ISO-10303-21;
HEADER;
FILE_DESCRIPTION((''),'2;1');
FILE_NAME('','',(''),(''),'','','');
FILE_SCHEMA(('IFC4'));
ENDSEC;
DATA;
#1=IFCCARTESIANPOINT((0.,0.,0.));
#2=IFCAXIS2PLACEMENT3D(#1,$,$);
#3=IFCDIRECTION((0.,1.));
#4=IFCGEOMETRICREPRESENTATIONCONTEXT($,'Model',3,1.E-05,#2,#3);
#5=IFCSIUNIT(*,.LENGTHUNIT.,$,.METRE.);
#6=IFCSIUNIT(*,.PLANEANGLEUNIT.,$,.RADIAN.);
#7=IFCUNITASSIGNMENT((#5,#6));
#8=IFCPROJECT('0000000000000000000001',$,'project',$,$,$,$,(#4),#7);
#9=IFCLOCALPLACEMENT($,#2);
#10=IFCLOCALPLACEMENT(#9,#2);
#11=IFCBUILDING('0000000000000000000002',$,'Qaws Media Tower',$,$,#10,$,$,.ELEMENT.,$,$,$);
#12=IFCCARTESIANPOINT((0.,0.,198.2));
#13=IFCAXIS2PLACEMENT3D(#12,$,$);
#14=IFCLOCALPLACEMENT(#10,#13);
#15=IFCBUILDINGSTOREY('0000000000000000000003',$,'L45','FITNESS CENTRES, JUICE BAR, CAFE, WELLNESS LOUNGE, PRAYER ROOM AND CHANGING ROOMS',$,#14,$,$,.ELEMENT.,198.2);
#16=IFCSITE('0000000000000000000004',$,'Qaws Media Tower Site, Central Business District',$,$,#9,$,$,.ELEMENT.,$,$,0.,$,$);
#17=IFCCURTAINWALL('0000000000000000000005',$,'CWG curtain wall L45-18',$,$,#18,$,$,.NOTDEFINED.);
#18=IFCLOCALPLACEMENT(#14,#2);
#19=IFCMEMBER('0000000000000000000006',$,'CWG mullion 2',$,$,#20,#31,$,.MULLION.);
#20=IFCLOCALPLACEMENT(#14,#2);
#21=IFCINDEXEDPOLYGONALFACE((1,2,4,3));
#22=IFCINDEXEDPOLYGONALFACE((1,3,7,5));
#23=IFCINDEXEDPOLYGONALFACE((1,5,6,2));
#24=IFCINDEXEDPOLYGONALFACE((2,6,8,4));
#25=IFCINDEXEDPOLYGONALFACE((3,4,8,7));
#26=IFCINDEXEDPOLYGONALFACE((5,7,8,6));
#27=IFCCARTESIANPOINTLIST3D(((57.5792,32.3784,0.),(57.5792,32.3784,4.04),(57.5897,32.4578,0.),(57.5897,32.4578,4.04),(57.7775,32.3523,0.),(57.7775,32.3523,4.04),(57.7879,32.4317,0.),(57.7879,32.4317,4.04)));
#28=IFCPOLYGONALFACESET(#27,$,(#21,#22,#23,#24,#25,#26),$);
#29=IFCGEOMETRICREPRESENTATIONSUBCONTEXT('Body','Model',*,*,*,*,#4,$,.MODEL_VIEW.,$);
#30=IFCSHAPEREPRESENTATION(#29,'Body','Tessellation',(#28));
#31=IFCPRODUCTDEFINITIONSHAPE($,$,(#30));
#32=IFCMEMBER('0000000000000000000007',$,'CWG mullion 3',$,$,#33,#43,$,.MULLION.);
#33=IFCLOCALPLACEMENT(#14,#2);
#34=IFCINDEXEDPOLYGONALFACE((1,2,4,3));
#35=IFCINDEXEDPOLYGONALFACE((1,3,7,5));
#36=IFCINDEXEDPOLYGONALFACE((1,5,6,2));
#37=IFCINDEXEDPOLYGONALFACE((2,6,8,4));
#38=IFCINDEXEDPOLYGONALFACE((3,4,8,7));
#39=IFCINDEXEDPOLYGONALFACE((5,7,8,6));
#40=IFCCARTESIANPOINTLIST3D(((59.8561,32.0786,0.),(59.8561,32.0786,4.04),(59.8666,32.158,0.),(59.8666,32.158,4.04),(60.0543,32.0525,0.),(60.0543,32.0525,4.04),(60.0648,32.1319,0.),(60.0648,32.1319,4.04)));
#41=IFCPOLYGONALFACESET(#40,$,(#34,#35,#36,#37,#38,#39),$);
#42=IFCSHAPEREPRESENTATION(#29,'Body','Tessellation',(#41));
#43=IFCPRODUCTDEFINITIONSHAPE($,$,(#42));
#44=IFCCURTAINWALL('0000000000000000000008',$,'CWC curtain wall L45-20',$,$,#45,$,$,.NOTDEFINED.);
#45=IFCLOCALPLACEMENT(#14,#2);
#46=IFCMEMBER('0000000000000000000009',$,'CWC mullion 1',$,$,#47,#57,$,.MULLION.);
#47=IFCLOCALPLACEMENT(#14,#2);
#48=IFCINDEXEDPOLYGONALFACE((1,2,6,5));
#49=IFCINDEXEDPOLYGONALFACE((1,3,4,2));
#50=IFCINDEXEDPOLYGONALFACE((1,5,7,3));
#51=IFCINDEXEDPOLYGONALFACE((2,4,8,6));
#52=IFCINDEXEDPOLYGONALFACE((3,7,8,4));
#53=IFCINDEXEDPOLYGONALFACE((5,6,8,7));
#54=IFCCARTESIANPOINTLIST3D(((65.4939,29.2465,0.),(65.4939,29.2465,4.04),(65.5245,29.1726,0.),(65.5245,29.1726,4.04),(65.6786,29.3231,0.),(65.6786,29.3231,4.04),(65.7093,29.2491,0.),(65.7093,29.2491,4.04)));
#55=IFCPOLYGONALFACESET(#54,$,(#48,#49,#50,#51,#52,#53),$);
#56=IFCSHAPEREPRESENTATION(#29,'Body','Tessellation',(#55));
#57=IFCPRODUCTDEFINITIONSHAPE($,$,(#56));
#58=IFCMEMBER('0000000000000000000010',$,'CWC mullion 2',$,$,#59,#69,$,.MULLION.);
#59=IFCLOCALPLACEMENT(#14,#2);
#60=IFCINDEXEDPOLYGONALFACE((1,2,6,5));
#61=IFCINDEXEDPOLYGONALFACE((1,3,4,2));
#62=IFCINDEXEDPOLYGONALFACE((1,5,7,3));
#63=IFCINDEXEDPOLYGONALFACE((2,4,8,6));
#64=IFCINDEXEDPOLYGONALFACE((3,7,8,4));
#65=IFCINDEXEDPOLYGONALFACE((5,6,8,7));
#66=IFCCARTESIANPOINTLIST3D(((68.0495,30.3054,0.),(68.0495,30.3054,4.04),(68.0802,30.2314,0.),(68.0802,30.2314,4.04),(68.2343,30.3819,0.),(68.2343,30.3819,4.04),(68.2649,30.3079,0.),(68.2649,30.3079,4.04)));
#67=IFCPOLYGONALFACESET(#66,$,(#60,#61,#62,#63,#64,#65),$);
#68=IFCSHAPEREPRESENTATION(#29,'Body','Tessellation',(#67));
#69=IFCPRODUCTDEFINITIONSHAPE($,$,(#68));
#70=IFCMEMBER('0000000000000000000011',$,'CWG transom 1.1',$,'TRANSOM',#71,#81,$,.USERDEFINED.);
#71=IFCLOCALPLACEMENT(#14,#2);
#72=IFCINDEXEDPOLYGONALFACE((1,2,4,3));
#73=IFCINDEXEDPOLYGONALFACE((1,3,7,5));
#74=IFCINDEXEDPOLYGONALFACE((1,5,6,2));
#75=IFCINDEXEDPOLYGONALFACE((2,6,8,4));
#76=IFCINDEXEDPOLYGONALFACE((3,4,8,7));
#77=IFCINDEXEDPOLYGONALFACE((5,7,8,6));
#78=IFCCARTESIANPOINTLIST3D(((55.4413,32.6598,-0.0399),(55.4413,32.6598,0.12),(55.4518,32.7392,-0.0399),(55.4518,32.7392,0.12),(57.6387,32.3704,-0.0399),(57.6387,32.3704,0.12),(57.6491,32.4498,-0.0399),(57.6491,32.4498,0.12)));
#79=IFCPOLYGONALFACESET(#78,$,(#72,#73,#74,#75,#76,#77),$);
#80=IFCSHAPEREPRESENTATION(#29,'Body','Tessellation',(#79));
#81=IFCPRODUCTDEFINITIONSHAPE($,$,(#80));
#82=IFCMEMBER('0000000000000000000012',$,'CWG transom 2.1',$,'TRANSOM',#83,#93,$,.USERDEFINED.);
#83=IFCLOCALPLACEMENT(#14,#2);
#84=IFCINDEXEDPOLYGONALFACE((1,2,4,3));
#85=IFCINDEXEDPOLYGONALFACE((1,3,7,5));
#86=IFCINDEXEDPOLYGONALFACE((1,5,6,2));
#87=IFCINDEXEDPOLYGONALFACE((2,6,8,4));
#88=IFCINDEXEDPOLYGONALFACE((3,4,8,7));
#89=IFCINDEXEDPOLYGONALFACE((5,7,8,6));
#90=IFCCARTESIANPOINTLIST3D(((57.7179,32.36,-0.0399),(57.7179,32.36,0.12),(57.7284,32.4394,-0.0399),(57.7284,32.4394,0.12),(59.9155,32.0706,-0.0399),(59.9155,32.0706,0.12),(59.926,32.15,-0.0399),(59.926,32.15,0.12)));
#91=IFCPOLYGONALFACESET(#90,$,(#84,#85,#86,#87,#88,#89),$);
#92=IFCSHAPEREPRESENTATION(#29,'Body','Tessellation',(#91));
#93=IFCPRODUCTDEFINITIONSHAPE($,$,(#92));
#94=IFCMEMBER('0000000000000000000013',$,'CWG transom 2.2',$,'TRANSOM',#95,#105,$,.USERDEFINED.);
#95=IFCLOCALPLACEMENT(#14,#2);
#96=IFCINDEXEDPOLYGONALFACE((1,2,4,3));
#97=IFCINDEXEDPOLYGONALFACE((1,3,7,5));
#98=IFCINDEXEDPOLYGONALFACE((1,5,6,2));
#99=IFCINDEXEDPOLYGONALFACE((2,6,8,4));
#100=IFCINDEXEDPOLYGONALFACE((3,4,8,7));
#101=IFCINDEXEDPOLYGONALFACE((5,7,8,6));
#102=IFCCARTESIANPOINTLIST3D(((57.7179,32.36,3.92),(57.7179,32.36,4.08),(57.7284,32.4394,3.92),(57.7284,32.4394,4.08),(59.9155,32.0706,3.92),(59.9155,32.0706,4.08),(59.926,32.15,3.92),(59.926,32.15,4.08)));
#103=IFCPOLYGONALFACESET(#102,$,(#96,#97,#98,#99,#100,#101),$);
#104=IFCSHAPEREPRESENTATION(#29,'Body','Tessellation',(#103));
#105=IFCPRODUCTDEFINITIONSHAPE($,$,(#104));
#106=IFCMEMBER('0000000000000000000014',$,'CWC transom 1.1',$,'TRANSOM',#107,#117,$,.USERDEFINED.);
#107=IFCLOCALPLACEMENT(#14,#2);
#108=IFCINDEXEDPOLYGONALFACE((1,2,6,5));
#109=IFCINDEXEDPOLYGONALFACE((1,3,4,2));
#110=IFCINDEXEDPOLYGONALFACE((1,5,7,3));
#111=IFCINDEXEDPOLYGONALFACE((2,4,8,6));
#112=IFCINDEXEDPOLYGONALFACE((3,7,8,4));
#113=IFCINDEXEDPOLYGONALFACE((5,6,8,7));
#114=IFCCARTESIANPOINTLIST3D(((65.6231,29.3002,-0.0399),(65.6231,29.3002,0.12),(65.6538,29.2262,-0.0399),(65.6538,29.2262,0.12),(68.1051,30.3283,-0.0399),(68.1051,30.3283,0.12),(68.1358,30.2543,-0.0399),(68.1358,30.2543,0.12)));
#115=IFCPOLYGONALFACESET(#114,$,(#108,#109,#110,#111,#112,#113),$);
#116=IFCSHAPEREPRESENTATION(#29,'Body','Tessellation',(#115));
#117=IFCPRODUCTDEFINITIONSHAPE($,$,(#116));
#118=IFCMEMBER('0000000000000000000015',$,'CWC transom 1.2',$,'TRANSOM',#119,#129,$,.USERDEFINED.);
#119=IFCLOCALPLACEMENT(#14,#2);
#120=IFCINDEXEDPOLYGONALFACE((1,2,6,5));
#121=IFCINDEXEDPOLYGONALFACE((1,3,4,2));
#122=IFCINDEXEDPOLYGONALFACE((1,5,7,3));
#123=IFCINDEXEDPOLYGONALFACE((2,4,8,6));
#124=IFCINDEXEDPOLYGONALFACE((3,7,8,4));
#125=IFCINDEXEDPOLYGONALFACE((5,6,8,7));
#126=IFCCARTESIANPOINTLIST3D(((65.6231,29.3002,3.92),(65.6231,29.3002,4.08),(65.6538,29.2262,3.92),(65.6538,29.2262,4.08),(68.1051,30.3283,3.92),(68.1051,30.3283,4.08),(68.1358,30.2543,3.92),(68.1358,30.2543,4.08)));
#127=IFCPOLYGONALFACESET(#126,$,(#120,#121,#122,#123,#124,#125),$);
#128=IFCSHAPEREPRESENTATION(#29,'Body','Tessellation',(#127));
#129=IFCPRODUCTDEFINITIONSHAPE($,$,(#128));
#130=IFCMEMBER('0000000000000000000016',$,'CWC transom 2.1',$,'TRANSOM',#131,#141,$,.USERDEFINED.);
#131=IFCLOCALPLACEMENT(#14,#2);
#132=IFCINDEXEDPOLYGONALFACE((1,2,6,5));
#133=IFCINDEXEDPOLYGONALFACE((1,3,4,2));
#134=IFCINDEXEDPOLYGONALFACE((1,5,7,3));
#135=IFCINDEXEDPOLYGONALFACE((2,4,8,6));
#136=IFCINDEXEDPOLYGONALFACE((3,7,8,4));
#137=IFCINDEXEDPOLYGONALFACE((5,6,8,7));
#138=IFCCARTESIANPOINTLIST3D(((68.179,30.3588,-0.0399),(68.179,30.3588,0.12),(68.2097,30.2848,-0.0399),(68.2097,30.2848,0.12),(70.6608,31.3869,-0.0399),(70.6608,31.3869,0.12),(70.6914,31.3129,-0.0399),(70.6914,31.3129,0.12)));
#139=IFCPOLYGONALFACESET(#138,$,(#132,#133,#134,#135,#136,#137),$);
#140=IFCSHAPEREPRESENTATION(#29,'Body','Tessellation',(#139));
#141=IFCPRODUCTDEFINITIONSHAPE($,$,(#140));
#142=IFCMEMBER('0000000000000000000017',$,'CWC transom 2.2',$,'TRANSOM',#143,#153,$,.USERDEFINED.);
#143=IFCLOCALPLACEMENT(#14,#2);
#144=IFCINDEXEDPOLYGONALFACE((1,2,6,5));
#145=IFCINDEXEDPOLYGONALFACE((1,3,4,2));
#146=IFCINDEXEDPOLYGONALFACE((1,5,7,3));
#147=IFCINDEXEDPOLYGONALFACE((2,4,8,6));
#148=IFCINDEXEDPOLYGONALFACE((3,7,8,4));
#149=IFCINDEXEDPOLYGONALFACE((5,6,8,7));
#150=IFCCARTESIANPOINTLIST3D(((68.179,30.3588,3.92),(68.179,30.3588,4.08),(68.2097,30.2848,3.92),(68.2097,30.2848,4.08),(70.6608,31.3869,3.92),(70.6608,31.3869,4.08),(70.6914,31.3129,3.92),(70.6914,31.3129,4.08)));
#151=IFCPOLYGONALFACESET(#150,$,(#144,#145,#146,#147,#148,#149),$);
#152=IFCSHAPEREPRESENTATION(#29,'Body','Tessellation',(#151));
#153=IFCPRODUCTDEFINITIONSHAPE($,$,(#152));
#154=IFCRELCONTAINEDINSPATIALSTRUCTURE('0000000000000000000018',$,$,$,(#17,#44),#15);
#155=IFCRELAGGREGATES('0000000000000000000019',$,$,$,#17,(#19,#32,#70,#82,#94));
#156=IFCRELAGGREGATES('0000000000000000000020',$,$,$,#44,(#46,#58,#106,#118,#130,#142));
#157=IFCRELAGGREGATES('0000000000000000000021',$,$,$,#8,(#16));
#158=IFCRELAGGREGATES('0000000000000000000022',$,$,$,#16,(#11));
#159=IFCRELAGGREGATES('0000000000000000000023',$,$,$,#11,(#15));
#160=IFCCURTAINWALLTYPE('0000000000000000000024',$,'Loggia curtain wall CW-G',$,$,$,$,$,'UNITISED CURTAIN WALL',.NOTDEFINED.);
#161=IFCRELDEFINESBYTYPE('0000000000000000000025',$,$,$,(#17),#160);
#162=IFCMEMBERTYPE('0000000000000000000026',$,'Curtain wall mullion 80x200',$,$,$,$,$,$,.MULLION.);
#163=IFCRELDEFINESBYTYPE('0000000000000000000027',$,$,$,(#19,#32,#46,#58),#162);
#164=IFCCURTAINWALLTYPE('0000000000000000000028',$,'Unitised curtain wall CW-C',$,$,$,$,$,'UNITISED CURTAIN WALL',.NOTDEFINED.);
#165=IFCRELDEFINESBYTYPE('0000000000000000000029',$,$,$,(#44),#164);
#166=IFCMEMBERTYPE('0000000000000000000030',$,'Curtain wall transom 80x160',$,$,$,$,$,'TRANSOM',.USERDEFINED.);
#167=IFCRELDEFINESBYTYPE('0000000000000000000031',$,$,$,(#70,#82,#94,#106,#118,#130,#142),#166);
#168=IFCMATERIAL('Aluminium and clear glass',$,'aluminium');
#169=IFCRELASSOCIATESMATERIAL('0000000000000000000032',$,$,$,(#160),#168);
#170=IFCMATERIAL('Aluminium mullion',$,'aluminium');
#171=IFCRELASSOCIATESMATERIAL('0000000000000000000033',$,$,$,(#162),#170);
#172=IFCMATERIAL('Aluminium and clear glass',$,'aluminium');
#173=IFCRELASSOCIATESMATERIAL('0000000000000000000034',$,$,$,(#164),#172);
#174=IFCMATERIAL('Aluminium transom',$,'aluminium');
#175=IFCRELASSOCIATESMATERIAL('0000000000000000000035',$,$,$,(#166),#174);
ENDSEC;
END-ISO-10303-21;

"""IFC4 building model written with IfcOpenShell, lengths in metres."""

from ifc_helpers import new_model, si_unit, direction, frame, origin, origin_2d, place, context, subcontext, project, spatial, rectangle, extrude, material, material_profile, profile_set, type_object, element, aggregate, save


model = new_model("IFC4")

# Units and contexts
model_context = context("Model", 3, precision=1e-05, world=origin(), true_north=direction((0.0, 1.0)))
body_context = subcontext(model_context, "Body", "Model", "MODEL_VIEW")
ifc_project = project(units=[si_unit("LENGTHUNIT", "METRE"), si_unit("PLANEANGLEUNIT", "RADIAN")], contexts=[model_context])

# Site, building, storey
site_placement = place(None, origin())
site = spatial("IfcSite", under=ifc_project, at=site_placement, Name="Qaws Media Tower Site, Central Business District", CompositionType="ELEMENT", RefElevation=0.0)
building_placement = place(site_placement, origin())
building = spatial("IfcBuilding", under=site, at=building_placement, Name="Qaws Media Tower", CompositionType="ELEMENT")
storey_placement = place(building_placement, frame((0.0, 0.0, 198.2)))
storey = spatial("IfcBuildingStorey", under=building, at=storey_placement, Name="L45", Description="FITNESS CENTRES, JUICE BAR, CAFE, WELLNESS LOUNGE, PRAYER ROOM AND CHANGING ROOMS", CompositionType="ELEMENT", Elevation=198.2)

# Curtain walls, members
ifc_material_1 = material(Name="Aluminium and clear glass", Category="aluminium")
curtain_wall_type_1 = type_object("IfcCurtainWallType", Name="Loggia curtain wall CW-G", ElementType="UNITISED CURTAIN WALL", PredefinedType="NOTDEFINED", material=ifc_material_1)
curtain_wall_1_placement = place(storey_placement, origin())
curtain_wall_1 = element("IfcCurtainWall", 1, at=curtain_wall_1_placement, inside=storey, type_object=curtain_wall_type_1, Name="CWG curtain wall L45-18", PredefinedType="NOTDEFINED")
ifc_material_2 = material(Name="Aluminium mullion", Category="aluminium")
ifc_material_profile_1 = material_profile(ifc_material_2, rectangle(XDim=0.0801, YDim=0.2, at=origin_2d()), Name="80x200")
ifc_profile_set_1 = profile_set([ifc_material_profile_1], Name="Aluminium mullion")
member_type_1 = type_object("IfcMemberType", Name="Curtain wall mullion 80x200", PredefinedType="MULLION", material=ifc_profile_set_1)
member_1_placement = place(storey_placement, frame((57.6836, 32.405, 0.0), z_axis=(0.0, 0.0, 1.0), x_axis=(0.130526, 0.991445, 0.0)))
member_1 = element("IfcMember", 2, at=member_1_placement, type_object=member_type_1, Name="CWG mullion 2", PredefinedType="MULLION", context=body_context, shape_type="SweptSolid", body=[
    extrude(rectangle(XDim=0.0801, YDim=0.2, at=origin_2d()), origin(), (0.0, 0.0, 1.0), 4.04),
])
member_2_placement = place(storey_placement, frame((59.9604, 32.1052, 0.0), z_axis=(0.0, 0.0, 1.0), x_axis=(0.130526, 0.991445, 0.0)))
member_2 = element("IfcMember", 3, at=member_2_placement, type_object=member_type_1, Name="CWG mullion 3", PredefinedType="MULLION", context=body_context, shape_type="SweptSolid", body=[
    extrude(rectangle(XDim=0.0801, YDim=0.2, at=origin_2d()), origin(), (0.0, 0.0, 1.0), 4.04),
])
ifc_material_3 = material(Name="Aluminium and clear glass", Category="aluminium")
curtain_wall_type_2 = type_object("IfcCurtainWallType", Name="Unitised curtain wall CW-C", ElementType="UNITISED CURTAIN WALL", PredefinedType="NOTDEFINED", material=ifc_material_3)
curtain_wall_2_placement = place(storey_placement, origin())
curtain_wall_2 = element("IfcCurtainWall", 4, at=curtain_wall_2_placement, inside=storey, type_object=curtain_wall_type_2, Name="CWC curtain wall L45-20", PredefinedType="NOTDEFINED")
member_3_placement = place(storey_placement, frame((65.6016, 29.2478, 0.0), z_axis=(0.0, 0.0, 1.0), x_axis=(-0.382683, 0.92388, 0.0)))
member_3 = element("IfcMember", 5, at=member_3_placement, type_object=member_type_1, Name="CWC mullion 1", PredefinedType="MULLION", context=body_context, shape_type="SweptSolid", body=[
    extrude(rectangle(XDim=0.0801, YDim=0.2, at=origin_2d()), origin(), (0.0, 0.0, 1.0), 4.04),
])
member_4_placement = place(storey_placement, frame((68.1572, 30.3066, 0.0), z_axis=(0.0, 0.0, 1.0), x_axis=(-0.382683, 0.92388, 0.0)))
member_4 = element("IfcMember", 6, at=member_4_placement, type_object=member_type_1, Name="CWC mullion 2", PredefinedType="MULLION", context=body_context, shape_type="SweptSolid", body=[
    extrude(rectangle(XDim=0.0801, YDim=0.2, at=origin_2d()), origin(), (0.0, 0.0, 1.0), 4.04),
])

# Members
ifc_material_4 = material(Name="Aluminium transom", Category="aluminium")
ifc_material_profile_2 = material_profile(ifc_material_4, rectangle(XDim=0.0801, YDim=0.1599, at=origin_2d()), Name="80x160")
ifc_profile_set_2 = profile_set([ifc_material_profile_2], Name="Aluminium transom")
member_type_2 = type_object("IfcMemberType", Name="Curtain wall transom 80x160", ElementType="TRANSOM", PredefinedType="USERDEFINED", material=ifc_profile_set_2)
member_5_placement = place(storey_placement, frame((55.4465, 32.6995, 0.04), z_axis=(0.991443, -0.13054, 0.0), x_axis=(0.13054, 0.991443, 0.0)))
member_5 = element("IfcMember", 7, at=member_5_placement, type_object=member_type_2, Name="CWG transom 1.1", ObjectType="TRANSOM", PredefinedType="USERDEFINED", context=body_context, shape_type="SweptSolid", body=[
    extrude(rectangle(XDim=0.0801, YDim=0.1599, at=origin_2d()), origin(), (0.0, 0.0, 1.0), 2.2163),
])
member_6_placement = place(storey_placement, frame((57.7231, 32.3997, 0.04), z_axis=(0.991445, -0.130526, 0.0), x_axis=(0.130526, 0.991445, 0.0)))
member_6 = element("IfcMember", 8, at=member_6_placement, type_object=member_type_2, Name="CWG transom 2.1", ObjectType="TRANSOM", PredefinedType="USERDEFINED", context=body_context, shape_type="SweptSolid", body=[
    extrude(rectangle(XDim=0.0801, YDim=0.1599, at=origin_2d()), origin(), (0.0, 0.0, 1.0), 2.2166),
])
member_7_placement = place(storey_placement, frame((57.7231, 32.3997, 4.0), z_axis=(0.991445, -0.130526, 0.0), x_axis=(0.130526, 0.991445, 0.0)))
member_7 = element("IfcMember", 9, at=member_7_placement, type_object=member_type_2, Name="CWG transom 2.2", ObjectType="TRANSOM", PredefinedType="USERDEFINED", context=body_context, shape_type="SweptSolid", body=[
    extrude(rectangle(XDim=0.0801, YDim=0.1599, at=origin_2d()), origin(), (0.0, 0.0, 1.0), 2.2166),
])
member_8_placement = place(storey_placement, frame((65.6384, 29.2632, 0.04), z_axis=(0.923876, 0.382692, 0.0), x_axis=(-0.382692, 0.923876, 0.0)))
member_8 = element("IfcMember", 10, at=member_8_placement, type_object=member_type_2, Name="CWC transom 1.1", ObjectType="TRANSOM", PredefinedType="USERDEFINED", context=body_context, shape_type="SweptSolid", body=[
    extrude(rectangle(XDim=0.0801, YDim=0.1599, at=origin_2d()), origin(), (0.0, 0.0, 1.0), 2.6865),
])
member_9_placement = place(storey_placement, frame((65.6384, 29.2632, 4.0), z_axis=(0.923876, 0.382692, 0.0), x_axis=(-0.382692, 0.923876, 0.0)))
member_9 = element("IfcMember", 11, at=member_9_placement, type_object=member_type_2, Name="CWC transom 1.2", ObjectType="TRANSOM", PredefinedType="USERDEFINED", context=body_context, shape_type="SweptSolid", body=[
    extrude(rectangle(XDim=0.0801, YDim=0.1599, at=origin_2d()), origin(), (0.0, 0.0, 1.0), 2.6865),
])
member_10_placement = place(storey_placement, frame((68.1943, 30.3218, 0.04), z_axis=(0.923863, 0.382724, 0.0), x_axis=(-0.382724, 0.923863, 0.0)))
member_10 = element("IfcMember", 12, at=member_10_placement, type_object=member_type_2, Name="CWC transom 2.1", ObjectType="TRANSOM", PredefinedType="USERDEFINED", context=body_context, shape_type="SweptSolid", body=[
    extrude(rectangle(XDim=0.0801, YDim=0.1599, at=origin_2d()), origin(), (0.0, 0.0, 1.0), 2.6863),
])
member_11_placement = place(storey_placement, frame((68.1943, 30.3218, 4.0), z_axis=(0.923863, 0.382724, 0.0), x_axis=(-0.382724, 0.923863, 0.0)))
member_11 = element("IfcMember", 13, at=member_11_placement, type_object=member_type_2, Name="CWC transom 2.2", ObjectType="TRANSOM", PredefinedType="USERDEFINED", context=body_context, shape_type="SweptSolid", body=[
    extrude(rectangle(XDim=0.0801, YDim=0.1599, at=origin_2d()), origin(), (0.0, 0.0, 1.0), 2.6863),
])

aggregate(curtain_wall_1, [member_1, member_2, member_5, member_6, member_7])
aggregate(curtain_wall_2, [member_3, member_4, member_8, member_9, member_10, member_11])

save(model, "model.ifc")
